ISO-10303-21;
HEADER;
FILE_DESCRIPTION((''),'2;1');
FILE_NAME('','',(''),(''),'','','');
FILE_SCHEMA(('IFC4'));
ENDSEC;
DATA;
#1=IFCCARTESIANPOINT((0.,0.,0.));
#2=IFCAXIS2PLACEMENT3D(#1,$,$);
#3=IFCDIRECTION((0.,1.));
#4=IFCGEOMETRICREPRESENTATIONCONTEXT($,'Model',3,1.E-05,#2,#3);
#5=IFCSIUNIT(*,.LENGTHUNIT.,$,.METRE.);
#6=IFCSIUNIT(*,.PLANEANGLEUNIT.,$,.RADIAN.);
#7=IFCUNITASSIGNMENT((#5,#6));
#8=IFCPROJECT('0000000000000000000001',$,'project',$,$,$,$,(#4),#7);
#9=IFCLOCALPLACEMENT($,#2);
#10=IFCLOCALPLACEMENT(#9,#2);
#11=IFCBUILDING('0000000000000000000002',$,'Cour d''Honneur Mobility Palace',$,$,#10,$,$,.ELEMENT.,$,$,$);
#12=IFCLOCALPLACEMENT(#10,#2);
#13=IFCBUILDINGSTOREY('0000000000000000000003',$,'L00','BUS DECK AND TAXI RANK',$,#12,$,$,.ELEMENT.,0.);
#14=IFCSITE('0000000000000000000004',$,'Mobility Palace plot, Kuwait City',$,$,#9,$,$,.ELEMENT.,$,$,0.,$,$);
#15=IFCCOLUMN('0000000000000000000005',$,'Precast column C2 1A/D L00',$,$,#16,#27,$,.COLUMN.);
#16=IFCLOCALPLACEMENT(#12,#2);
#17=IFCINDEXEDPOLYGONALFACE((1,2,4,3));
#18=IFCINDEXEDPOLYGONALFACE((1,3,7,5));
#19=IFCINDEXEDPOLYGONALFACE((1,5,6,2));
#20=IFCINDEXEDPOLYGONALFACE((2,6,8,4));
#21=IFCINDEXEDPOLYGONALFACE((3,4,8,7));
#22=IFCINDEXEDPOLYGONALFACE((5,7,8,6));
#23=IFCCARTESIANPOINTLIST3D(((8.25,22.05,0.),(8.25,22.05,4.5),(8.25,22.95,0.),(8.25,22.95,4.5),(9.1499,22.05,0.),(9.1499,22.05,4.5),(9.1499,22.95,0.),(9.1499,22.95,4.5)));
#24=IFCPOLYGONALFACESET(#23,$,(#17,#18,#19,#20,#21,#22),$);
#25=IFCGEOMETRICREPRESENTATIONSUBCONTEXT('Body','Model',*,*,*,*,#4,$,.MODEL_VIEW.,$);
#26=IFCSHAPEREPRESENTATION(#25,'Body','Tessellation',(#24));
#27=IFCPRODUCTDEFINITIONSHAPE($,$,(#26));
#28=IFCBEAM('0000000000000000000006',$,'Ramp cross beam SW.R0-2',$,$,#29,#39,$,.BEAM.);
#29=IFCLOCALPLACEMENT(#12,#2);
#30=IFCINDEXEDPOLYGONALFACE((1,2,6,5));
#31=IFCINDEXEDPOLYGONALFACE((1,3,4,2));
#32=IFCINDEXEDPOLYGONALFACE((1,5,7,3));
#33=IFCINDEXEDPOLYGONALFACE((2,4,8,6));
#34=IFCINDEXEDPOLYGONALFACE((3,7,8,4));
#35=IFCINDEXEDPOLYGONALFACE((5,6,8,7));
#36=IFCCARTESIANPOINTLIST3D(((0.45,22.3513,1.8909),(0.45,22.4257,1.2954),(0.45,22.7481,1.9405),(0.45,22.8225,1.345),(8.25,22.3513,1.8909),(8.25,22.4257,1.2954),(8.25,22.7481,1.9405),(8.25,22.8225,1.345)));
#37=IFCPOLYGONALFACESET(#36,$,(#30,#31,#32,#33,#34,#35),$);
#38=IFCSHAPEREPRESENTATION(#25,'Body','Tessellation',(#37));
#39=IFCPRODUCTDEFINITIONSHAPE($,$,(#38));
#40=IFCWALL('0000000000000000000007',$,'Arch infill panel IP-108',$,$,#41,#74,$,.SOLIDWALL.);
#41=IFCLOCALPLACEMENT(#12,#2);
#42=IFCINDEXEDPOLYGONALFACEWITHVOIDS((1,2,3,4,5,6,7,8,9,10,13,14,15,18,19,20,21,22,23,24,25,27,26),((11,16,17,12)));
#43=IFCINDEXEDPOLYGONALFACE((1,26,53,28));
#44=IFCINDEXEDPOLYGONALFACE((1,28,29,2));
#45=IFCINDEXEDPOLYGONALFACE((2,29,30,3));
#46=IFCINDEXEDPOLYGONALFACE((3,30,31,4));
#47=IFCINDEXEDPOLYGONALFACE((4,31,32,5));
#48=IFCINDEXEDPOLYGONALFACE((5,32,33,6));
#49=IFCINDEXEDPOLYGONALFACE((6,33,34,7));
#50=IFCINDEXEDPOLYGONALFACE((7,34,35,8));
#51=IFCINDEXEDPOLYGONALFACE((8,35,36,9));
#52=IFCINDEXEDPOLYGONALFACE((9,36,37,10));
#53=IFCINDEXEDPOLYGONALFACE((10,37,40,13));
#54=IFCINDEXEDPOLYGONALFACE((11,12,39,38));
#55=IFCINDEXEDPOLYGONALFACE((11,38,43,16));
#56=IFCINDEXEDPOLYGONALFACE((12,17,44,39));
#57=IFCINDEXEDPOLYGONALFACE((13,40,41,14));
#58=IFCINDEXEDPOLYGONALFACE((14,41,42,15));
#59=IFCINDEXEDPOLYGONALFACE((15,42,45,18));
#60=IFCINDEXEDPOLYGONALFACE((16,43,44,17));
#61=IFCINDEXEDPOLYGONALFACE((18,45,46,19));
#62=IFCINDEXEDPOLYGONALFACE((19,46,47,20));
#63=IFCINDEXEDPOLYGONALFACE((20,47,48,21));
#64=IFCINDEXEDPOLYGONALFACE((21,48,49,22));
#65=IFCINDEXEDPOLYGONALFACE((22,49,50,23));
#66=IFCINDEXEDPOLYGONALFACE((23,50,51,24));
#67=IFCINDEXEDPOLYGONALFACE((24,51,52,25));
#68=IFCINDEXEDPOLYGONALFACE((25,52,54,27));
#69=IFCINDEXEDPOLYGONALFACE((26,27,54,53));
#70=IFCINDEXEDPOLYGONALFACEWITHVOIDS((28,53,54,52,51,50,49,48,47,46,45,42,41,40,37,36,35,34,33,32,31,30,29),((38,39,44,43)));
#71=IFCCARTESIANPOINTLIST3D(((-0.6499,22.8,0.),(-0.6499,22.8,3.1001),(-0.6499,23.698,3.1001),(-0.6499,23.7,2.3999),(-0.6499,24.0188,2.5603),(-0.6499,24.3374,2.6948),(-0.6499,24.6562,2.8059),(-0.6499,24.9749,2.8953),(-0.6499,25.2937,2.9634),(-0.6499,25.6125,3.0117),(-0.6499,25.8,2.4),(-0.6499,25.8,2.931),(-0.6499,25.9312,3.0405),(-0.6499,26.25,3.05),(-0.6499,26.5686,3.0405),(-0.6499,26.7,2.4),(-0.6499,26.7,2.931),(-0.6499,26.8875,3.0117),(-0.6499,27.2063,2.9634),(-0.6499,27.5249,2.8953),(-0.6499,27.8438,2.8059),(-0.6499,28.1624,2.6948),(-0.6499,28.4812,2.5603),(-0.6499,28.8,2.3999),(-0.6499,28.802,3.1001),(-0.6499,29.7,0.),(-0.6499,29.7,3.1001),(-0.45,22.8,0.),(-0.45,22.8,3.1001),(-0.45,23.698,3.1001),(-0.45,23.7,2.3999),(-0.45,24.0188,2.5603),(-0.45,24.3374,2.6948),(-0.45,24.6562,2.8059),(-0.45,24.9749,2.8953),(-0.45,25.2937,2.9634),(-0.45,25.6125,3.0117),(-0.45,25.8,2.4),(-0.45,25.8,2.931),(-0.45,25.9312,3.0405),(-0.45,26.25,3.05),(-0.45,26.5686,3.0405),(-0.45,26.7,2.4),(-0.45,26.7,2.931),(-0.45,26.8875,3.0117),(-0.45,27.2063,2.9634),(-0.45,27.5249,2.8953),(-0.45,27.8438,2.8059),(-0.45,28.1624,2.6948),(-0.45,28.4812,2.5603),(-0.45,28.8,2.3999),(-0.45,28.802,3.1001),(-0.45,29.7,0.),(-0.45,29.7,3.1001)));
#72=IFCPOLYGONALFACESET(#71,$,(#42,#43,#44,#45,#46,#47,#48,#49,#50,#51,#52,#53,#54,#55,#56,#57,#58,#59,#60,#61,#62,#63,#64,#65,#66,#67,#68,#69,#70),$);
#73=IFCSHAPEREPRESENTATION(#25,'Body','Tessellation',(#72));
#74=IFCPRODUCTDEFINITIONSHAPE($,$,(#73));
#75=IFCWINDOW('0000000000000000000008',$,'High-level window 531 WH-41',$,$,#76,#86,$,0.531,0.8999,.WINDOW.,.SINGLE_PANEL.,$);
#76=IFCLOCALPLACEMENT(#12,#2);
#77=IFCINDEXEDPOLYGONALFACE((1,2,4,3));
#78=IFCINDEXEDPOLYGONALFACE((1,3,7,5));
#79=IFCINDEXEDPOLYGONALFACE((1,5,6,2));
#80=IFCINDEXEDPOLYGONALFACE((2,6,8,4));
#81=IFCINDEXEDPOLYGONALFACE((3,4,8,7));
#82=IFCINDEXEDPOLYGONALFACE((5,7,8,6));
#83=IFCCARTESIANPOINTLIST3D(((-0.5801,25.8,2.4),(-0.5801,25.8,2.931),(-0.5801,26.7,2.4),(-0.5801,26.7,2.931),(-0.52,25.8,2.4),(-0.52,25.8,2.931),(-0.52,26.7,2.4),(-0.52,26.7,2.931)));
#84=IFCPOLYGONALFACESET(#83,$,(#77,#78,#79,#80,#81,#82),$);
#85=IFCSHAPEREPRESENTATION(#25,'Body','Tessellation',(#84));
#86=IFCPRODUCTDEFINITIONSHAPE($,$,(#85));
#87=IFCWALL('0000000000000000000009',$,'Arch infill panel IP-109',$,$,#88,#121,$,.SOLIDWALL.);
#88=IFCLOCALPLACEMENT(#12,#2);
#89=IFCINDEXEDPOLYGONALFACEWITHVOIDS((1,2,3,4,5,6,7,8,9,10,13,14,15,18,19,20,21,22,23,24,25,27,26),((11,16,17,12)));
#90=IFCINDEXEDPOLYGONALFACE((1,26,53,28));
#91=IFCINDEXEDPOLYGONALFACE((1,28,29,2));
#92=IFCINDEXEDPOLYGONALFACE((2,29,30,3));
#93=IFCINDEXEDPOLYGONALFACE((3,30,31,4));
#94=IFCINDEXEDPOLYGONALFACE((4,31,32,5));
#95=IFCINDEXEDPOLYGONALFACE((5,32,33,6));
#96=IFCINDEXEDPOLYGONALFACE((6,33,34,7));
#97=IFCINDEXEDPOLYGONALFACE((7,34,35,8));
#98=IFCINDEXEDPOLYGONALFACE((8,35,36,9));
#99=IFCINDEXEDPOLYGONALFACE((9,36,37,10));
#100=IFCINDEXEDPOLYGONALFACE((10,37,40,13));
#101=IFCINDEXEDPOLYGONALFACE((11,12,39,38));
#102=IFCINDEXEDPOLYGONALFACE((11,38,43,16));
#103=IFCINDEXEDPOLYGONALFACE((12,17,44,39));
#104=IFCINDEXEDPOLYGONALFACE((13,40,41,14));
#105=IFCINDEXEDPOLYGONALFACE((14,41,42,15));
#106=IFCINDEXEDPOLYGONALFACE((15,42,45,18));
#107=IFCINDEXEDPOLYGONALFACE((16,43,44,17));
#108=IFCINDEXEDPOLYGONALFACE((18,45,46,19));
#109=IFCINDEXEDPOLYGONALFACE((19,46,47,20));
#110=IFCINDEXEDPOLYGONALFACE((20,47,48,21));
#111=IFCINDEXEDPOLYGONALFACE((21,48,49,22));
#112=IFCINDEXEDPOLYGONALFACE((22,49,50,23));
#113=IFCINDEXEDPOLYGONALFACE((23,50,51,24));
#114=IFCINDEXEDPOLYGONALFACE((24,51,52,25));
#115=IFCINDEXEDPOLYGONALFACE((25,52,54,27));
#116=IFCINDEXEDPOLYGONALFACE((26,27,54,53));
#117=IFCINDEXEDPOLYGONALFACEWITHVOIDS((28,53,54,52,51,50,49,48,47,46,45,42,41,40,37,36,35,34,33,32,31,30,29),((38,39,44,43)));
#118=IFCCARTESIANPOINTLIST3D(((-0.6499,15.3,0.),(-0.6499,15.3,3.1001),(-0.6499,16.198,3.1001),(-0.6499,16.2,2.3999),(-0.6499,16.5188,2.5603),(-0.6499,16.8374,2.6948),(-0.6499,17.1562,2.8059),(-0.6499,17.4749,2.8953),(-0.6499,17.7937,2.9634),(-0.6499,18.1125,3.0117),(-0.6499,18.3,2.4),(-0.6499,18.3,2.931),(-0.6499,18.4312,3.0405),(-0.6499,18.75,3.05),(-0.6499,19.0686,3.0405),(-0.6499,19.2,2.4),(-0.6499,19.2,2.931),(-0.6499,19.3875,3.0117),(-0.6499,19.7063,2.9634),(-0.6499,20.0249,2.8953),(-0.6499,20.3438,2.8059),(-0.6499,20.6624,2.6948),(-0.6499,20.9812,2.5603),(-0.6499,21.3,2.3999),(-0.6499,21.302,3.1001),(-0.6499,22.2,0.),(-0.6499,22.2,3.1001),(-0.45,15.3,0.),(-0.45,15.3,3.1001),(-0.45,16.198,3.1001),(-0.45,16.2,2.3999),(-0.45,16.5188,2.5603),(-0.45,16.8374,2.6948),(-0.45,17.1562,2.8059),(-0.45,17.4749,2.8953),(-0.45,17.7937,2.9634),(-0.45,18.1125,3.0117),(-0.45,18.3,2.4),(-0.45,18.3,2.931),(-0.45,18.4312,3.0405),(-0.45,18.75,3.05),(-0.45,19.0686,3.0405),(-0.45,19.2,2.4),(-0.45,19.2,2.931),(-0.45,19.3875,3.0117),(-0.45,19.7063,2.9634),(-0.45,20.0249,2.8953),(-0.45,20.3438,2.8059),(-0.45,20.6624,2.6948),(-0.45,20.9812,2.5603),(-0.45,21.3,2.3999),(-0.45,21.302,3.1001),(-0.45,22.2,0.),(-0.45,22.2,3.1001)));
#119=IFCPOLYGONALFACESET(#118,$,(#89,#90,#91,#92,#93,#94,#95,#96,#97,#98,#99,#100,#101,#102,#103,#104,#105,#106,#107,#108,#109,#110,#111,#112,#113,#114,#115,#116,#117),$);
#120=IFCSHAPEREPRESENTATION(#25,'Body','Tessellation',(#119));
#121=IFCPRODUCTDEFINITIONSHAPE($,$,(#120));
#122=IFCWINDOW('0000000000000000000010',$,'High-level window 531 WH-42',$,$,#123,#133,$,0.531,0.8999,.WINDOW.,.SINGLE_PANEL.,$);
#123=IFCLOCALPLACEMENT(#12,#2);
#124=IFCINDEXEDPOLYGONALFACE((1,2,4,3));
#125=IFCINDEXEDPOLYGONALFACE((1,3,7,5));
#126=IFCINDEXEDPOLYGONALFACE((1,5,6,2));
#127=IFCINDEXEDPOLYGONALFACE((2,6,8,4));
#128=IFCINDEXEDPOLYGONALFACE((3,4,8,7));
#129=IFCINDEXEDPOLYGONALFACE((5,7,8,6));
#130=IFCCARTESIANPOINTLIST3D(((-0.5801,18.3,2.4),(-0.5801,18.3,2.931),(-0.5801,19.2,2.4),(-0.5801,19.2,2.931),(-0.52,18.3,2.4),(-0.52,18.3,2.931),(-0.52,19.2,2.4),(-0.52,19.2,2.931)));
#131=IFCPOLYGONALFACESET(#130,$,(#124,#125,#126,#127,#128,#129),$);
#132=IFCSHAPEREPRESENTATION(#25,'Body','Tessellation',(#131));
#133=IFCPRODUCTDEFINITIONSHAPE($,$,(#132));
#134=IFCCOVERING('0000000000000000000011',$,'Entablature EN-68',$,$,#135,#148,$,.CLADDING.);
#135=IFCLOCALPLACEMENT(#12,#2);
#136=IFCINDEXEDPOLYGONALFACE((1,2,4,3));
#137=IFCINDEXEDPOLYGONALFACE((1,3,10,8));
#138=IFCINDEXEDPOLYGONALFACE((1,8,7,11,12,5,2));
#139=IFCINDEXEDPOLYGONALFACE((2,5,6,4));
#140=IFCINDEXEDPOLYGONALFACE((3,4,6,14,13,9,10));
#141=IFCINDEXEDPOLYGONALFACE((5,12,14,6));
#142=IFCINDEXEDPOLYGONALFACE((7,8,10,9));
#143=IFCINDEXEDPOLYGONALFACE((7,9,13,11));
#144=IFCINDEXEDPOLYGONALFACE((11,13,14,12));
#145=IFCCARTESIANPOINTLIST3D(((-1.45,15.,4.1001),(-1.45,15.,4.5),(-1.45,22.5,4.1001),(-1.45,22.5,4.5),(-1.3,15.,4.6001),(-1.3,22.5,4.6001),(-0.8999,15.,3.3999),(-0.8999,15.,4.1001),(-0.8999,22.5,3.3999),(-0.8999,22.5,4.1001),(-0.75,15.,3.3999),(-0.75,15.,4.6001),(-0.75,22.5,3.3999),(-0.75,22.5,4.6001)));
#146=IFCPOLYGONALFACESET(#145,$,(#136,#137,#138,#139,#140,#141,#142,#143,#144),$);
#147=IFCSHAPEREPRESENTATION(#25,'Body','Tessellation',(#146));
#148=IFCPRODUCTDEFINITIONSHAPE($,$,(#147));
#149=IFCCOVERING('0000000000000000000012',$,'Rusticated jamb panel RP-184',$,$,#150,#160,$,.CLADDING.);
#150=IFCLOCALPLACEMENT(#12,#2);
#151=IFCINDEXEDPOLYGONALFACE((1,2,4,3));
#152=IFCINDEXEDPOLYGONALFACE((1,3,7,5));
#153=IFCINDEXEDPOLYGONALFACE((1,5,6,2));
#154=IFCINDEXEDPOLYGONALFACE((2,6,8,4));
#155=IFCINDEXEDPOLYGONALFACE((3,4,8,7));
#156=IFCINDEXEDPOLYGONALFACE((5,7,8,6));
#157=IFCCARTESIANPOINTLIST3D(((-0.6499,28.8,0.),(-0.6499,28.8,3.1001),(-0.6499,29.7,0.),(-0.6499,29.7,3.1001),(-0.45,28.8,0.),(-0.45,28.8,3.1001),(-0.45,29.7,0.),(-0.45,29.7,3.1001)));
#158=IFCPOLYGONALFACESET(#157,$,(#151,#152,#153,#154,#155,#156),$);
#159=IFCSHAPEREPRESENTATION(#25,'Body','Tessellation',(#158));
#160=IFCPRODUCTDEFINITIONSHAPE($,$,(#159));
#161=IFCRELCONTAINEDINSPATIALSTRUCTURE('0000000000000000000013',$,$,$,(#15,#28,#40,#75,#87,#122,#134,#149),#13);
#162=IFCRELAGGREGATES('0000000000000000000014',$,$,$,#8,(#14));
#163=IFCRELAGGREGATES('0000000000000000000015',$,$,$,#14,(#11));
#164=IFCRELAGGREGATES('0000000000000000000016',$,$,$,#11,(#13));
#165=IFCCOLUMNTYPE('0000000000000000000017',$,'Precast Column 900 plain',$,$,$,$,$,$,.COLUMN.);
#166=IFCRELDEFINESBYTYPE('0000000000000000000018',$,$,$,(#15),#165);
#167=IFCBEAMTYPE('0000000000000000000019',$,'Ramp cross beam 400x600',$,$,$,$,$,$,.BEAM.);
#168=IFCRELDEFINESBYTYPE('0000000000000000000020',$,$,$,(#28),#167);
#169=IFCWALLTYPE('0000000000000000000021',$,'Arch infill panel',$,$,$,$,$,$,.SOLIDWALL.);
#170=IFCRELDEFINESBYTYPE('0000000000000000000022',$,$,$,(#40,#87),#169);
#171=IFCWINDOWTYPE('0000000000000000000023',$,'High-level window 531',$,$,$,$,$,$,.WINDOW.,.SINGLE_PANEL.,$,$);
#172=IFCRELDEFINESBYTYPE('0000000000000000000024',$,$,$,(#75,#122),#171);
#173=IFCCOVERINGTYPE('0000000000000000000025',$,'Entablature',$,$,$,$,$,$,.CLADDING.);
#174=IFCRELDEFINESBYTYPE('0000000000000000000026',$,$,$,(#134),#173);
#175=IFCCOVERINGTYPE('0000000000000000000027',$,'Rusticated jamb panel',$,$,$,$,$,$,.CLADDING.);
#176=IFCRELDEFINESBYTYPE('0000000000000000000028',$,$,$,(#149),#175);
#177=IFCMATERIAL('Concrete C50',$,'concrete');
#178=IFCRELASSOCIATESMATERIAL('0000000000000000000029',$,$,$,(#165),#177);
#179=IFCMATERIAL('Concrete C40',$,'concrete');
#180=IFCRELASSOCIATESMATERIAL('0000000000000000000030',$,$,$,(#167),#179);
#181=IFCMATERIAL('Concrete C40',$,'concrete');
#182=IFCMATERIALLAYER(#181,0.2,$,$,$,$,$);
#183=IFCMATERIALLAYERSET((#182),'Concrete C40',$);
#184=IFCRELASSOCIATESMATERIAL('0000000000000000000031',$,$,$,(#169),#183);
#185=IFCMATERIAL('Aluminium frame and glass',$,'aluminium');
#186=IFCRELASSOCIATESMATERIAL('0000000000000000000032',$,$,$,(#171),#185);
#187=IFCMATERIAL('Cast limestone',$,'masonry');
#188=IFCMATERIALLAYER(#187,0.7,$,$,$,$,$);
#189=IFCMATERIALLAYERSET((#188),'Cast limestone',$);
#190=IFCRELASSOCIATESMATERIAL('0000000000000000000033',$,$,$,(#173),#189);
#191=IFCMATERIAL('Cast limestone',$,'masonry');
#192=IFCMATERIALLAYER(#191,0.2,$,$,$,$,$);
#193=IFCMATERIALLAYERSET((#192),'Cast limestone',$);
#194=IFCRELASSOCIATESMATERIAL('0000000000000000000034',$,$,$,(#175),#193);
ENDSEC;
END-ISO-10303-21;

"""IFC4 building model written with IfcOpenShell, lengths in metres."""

from ifc_helpers import new_model, si_unit, direction, frame, frame_2d, origin, origin_2d, place, context, subcontext, project, spatial, polyline, rectangle, outline, extrude, material, layer, layer_set, material_profile, profile_set, type_object, element, fill, save


model = new_model("IFC4")

# Units and contexts
model_context = context("Model", 3, precision=1e-05, world=origin(), true_north=direction((0.0, 1.0)))
body_context = subcontext(model_context, "Body", "Model", "MODEL_VIEW")
ifc_project = project(units=[si_unit("LENGTHUNIT", "METRE"), si_unit("PLANEANGLEUNIT", "RADIAN")], contexts=[model_context])

# Site, building, storey
site_placement = place(None, origin())
site = spatial("IfcSite", under=ifc_project, at=site_placement, Name="Mobility Palace plot, Kuwait City", CompositionType="ELEMENT", RefElevation=0.0)
building_placement = place(site_placement, origin())
building = spatial("IfcBuilding", under=site, at=building_placement, Name="Cour d'Honneur Mobility Palace", CompositionType="ELEMENT")
storey_placement = place(building_placement, origin())
storey = spatial("IfcBuildingStorey", under=building, at=storey_placement, Name="L00", Description="BUS DECK AND TAXI RANK", CompositionType="ELEMENT", Elevation=0.0)

# Column
ifc_material_1 = material(Name="Concrete C50", Category="concrete")
ifc_material_profile_1 = material_profile(ifc_material_1, outline(polyline([(-0.45, -0.45), (0.45, -0.45), (0.45, 0.45), (-0.45, 0.45), (-0.45, -0.45)])), Name="PC C900 plain")
ifc_profile_set_1 = profile_set([ifc_material_profile_1], Name="Concrete C50")
column_type_1 = type_object("IfcColumnType", Name="Precast Column 900 plain", PredefinedType="COLUMN", material=ifc_profile_set_1)
column_1_placement = place(storey_placement, frame((8.7, 22.5, 0.0), z_axis=(0.0, 0.0, 1.0), x_axis=(1.0, 0.0, 0.0)))
element("IfcColumn", 1, at=column_1_placement, inside=storey, type_object=column_type_1, Name="Precast column C2 1A/D L00", PredefinedType="COLUMN", context=body_context, shape_type="SweptSolid", body=[
    extrude(outline(polyline([(-0.45, -0.45), (0.45, -0.45), (0.45, 0.45), (-0.45, 0.45), (-0.45, -0.45)])), origin(), (0.0, 0.0, 1.0), 4.5),
])

# Beam
ifc_material_2 = material(Name="Concrete C40", Category="concrete")
ifc_material_profile_2 = material_profile(ifc_material_2, rectangle(XDim=0.3999, YDim=0.6001, at=origin_2d()), Name="Ramp cross beam 400x600")
ifc_profile_set_2 = profile_set([ifc_material_profile_2], Name="Concrete C40")
beam_type = type_object("IfcBeamType", Name="Ramp cross beam 400x600", PredefinedType="BEAM", material=ifc_profile_set_2)
beam_placement = place(storey_placement, frame((0.45, 22.5869, 1.6179), z_axis=(1.0, 0.0, 0.0), x_axis=(0.0, 0.992278, 0.124035)))
element("IfcBeam", 2, at=beam_placement, inside=storey, type_object=beam_type, Name="Ramp cross beam SW.R0-2", PredefinedType="BEAM", context=body_context, shape_type="SweptSolid", body=[
    extrude(rectangle(XDim=0.3999, YDim=0.6001, at=origin_2d()), origin(), (0.0, 0.0, 1.0), 7.8),
])

# Walls, openings, windows
ifc_material_3 = material(Name="Concrete C40", Category="concrete")
ifc_layer_1 = layer(ifc_material_3, 0.2)
ifc_layer_set_1 = layer_set([ifc_layer_1], Name="Concrete C40")
wall_type = type_object("IfcWallType", Name="Arch infill panel", PredefinedType="SOLIDWALL", material=ifc_layer_set_1)
wall_1_placement = place(storey_placement, frame((-0.55, 29.7, 0.0), z_axis=(0.0, 0.0, 1.0), x_axis=(0.0, -1.0, 0.0)))
wall_1 = element("IfcWall", 3, at=wall_1_placement, inside=storey, type_object=wall_type, Name="Arch infill panel IP-108", PredefinedType="SOLIDWALL", context=body_context, shape_type="SweptSolid", body=[
    extrude(outline(polyline([(0.0, 0.0), (6.8999, 0.0), (6.8999, 3.1001), (6.002, 3.1001), (6.0, 2.3999), (5.6812, 2.5603), (5.3625, 2.6948), (5.0437, 2.8059), (4.7251, 2.8953), (4.4062, 2.9634), (4.0874, 3.0117), (3.7688, 3.0405), (3.45, 3.05), (3.1313, 3.0405), (2.8125, 3.0117), (2.4937, 2.9634), (2.175, 2.8953), (1.8562, 2.8059), (1.5376, 2.6948), (1.2188, 2.5603), (0.8999, 2.3999), (0.8979, 3.1001), (0.0, 3.1001), (0.0, 0.0)])), frame((0.0, 0.1001, 0.0), z_axis=(0.0, -1.0, 0.0), x_axis=(1.0, 0.0, 0.0)), (0.0, 0.0, 1.0), 0.2),
])
opening_1_placement = place(wall_1_placement, frame((3.0, 0.0, 2.3999)))
opening_1 = element("IfcOpeningElement", 4, at=opening_1_placement, cuts=wall_1, PredefinedType="OPENING", context=body_context, shape_type="SweptSolid", body=[
    extrude(rectangle(XDim=0.8999, YDim=0.531, at=frame_2d((0.45, 0.2656))), frame((0.0, 0.1099, 0.0), z_axis=(0.0, -1.0, 0.0), x_axis=(1.0, 0.0, 0.0)), (0.0, 0.0, 1.0), 0.22),
])
ifc_material_4 = material(Name="Aluminium frame and glass", Category="aluminium")
window_type = type_object("IfcWindowType", Name="High-level window 531", PartitioningType="SINGLE_PANEL", PredefinedType="WINDOW", material=ifc_material_4)
window_1_placement = place(opening_1_placement, origin())
window_1 = element("IfcWindow", 5, at=window_1_placement, inside=storey, type_object=window_type, Name="High-level window 531 WH-41", OverallHeight=0.531, OverallWidth=0.8999, PartitioningType="SINGLE_PANEL", PredefinedType="WINDOW", context=body_context, shape_type="SweptSolid", body=[
    extrude(rectangle(XDim=0.8999, YDim=0.531, at=frame_2d((0.45, 0.2656))), frame((0.0, 0.03, 0.0), z_axis=(0.0, -1.0, 0.0), x_axis=(1.0, 0.0, 0.0)), (0.0, 0.0, 1.0), 0.0601),
])
fill(opening_1, window_1)
wall_2_placement = place(storey_placement, frame((-0.55, 22.2, 0.0), z_axis=(0.0, 0.0, 1.0), x_axis=(0.0, -1.0, 0.0)))
wall_2 = element("IfcWall", 6, at=wall_2_placement, inside=storey, type_object=wall_type, Name="Arch infill panel IP-109", PredefinedType="SOLIDWALL", context=body_context, shape_type="SweptSolid", body=[
    extrude(outline(polyline([(0.0, 0.0), (6.8999, 0.0), (6.8999, 3.1001), (6.002, 3.1001), (6.0, 2.3999), (5.6812, 2.5603), (5.3625, 2.6948), (5.0437, 2.8059), (4.7251, 2.8953), (4.4062, 2.9634), (4.0874, 3.0117), (3.7688, 3.0405), (3.45, 3.05), (3.1313, 3.0405), (2.8125, 3.0117), (2.4937, 2.9634), (2.175, 2.8953), (1.8562, 2.8059), (1.5376, 2.6948), (1.2188, 2.5603), (0.8999, 2.3999), (0.8979, 3.1001), (0.0, 3.1001), (0.0, 0.0)])), frame((0.0, 0.1001, 0.0), z_axis=(0.0, -1.0, 0.0), x_axis=(1.0, 0.0, 0.0)), (0.0, 0.0, 1.0), 0.2),
])
opening_2_placement = place(wall_2_placement, frame((3.0, 0.0, 2.3999)))
opening_2 = element("IfcOpeningElement", 7, at=opening_2_placement, cuts=wall_2, PredefinedType="OPENING", context=body_context, shape_type="SweptSolid", body=[
    extrude(rectangle(XDim=0.8999, YDim=0.531, at=frame_2d((0.45, 0.2656))), frame((0.0, 0.1099, 0.0), z_axis=(0.0, -1.0, 0.0), x_axis=(1.0, 0.0, 0.0)), (0.0, 0.0, 1.0), 0.22),
])
window_2_placement = place(opening_2_placement, origin())
window_2 = element("IfcWindow", 8, at=window_2_placement, inside=storey, type_object=window_type, Name="High-level window 531 WH-42", OverallHeight=0.531, OverallWidth=0.8999, PartitioningType="SINGLE_PANEL", PredefinedType="WINDOW", context=body_context, shape_type="SweptSolid", body=[
    extrude(rectangle(XDim=0.8999, YDim=0.531, at=frame_2d((0.45, 0.2656))), frame((0.0, 0.03, 0.0), z_axis=(0.0, -1.0, 0.0), x_axis=(1.0, 0.0, 0.0)), (0.0, 0.0, 1.0), 0.0601),
])
fill(opening_2, window_2)

# Coverings
ifc_material_5 = material(Name="Cast limestone", Category="masonry")
ifc_layer_2 = layer(ifc_material_5, 0.7)
ifc_layer_set_2 = layer_set([ifc_layer_2], Name="Cast limestone")
covering_type_1 = type_object("IfcCoveringType", Name="Entablature", PredefinedType="CLADDING", material=ifc_layer_set_2)
covering_placement = place(storey_placement, frame((-0.75, 22.5, 3.3999), z_axis=(0.0, 1.0, 0.0), x_axis=(-1.0, 0.0, 0.0)))
element("IfcCovering", 9, at=covering_placement, inside=storey, type_object=covering_type_1, Name="Entablature EN-68", PredefinedType="CLADDING", context=body_context, shape_type="SweptSolid", body=[
    extrude(outline(polyline([(0.0, 0.0), (0.1499, 0.0), (0.1499, 0.7002), (0.7, 0.7002), (0.7, 1.1001), (0.55, 1.2002), (0.0, 1.2002), (0.0, 0.0)])), origin(), (0.0, 0.0, -1.0), 7.5),
])
ifc_material_6 = material(Name="Cast limestone", Category="masonry")
ifc_layer_3 = layer(ifc_material_6, 0.2)
ifc_layer_set_3 = layer_set([ifc_layer_3], Name="Cast limestone")
covering_type_2 = type_object("IfcCoveringType", Name="Rusticated jamb panel", PredefinedType="CLADDING", material=ifc_layer_set_3)
for number, where, z_axis, x_axis, name in (
    (10, (-0.6499, 29.7, 0.0), (-1.0, 0.0, 0.0), (0.0, -1.0, 0.0), "Rusticated jamb panel RP-184"),
):
    element("IfcCovering", number, at=place(storey_placement, frame(where, z_axis=z_axis, x_axis=x_axis)), inside=storey, type_object=covering_type_2, Name=name, PredefinedType="CLADDING", context=body_context, shape_type="SweptSolid", body=[
        extrude(outline(polyline([(0.0, 0.0), (0.8999, 0.0), (0.8999, 3.1001), (0.0, 3.1001), (0.0, 0.0)])), origin(), (0.0, 0.0, -1.0), 0.2),
    ])

save(model, "model.ifc")
